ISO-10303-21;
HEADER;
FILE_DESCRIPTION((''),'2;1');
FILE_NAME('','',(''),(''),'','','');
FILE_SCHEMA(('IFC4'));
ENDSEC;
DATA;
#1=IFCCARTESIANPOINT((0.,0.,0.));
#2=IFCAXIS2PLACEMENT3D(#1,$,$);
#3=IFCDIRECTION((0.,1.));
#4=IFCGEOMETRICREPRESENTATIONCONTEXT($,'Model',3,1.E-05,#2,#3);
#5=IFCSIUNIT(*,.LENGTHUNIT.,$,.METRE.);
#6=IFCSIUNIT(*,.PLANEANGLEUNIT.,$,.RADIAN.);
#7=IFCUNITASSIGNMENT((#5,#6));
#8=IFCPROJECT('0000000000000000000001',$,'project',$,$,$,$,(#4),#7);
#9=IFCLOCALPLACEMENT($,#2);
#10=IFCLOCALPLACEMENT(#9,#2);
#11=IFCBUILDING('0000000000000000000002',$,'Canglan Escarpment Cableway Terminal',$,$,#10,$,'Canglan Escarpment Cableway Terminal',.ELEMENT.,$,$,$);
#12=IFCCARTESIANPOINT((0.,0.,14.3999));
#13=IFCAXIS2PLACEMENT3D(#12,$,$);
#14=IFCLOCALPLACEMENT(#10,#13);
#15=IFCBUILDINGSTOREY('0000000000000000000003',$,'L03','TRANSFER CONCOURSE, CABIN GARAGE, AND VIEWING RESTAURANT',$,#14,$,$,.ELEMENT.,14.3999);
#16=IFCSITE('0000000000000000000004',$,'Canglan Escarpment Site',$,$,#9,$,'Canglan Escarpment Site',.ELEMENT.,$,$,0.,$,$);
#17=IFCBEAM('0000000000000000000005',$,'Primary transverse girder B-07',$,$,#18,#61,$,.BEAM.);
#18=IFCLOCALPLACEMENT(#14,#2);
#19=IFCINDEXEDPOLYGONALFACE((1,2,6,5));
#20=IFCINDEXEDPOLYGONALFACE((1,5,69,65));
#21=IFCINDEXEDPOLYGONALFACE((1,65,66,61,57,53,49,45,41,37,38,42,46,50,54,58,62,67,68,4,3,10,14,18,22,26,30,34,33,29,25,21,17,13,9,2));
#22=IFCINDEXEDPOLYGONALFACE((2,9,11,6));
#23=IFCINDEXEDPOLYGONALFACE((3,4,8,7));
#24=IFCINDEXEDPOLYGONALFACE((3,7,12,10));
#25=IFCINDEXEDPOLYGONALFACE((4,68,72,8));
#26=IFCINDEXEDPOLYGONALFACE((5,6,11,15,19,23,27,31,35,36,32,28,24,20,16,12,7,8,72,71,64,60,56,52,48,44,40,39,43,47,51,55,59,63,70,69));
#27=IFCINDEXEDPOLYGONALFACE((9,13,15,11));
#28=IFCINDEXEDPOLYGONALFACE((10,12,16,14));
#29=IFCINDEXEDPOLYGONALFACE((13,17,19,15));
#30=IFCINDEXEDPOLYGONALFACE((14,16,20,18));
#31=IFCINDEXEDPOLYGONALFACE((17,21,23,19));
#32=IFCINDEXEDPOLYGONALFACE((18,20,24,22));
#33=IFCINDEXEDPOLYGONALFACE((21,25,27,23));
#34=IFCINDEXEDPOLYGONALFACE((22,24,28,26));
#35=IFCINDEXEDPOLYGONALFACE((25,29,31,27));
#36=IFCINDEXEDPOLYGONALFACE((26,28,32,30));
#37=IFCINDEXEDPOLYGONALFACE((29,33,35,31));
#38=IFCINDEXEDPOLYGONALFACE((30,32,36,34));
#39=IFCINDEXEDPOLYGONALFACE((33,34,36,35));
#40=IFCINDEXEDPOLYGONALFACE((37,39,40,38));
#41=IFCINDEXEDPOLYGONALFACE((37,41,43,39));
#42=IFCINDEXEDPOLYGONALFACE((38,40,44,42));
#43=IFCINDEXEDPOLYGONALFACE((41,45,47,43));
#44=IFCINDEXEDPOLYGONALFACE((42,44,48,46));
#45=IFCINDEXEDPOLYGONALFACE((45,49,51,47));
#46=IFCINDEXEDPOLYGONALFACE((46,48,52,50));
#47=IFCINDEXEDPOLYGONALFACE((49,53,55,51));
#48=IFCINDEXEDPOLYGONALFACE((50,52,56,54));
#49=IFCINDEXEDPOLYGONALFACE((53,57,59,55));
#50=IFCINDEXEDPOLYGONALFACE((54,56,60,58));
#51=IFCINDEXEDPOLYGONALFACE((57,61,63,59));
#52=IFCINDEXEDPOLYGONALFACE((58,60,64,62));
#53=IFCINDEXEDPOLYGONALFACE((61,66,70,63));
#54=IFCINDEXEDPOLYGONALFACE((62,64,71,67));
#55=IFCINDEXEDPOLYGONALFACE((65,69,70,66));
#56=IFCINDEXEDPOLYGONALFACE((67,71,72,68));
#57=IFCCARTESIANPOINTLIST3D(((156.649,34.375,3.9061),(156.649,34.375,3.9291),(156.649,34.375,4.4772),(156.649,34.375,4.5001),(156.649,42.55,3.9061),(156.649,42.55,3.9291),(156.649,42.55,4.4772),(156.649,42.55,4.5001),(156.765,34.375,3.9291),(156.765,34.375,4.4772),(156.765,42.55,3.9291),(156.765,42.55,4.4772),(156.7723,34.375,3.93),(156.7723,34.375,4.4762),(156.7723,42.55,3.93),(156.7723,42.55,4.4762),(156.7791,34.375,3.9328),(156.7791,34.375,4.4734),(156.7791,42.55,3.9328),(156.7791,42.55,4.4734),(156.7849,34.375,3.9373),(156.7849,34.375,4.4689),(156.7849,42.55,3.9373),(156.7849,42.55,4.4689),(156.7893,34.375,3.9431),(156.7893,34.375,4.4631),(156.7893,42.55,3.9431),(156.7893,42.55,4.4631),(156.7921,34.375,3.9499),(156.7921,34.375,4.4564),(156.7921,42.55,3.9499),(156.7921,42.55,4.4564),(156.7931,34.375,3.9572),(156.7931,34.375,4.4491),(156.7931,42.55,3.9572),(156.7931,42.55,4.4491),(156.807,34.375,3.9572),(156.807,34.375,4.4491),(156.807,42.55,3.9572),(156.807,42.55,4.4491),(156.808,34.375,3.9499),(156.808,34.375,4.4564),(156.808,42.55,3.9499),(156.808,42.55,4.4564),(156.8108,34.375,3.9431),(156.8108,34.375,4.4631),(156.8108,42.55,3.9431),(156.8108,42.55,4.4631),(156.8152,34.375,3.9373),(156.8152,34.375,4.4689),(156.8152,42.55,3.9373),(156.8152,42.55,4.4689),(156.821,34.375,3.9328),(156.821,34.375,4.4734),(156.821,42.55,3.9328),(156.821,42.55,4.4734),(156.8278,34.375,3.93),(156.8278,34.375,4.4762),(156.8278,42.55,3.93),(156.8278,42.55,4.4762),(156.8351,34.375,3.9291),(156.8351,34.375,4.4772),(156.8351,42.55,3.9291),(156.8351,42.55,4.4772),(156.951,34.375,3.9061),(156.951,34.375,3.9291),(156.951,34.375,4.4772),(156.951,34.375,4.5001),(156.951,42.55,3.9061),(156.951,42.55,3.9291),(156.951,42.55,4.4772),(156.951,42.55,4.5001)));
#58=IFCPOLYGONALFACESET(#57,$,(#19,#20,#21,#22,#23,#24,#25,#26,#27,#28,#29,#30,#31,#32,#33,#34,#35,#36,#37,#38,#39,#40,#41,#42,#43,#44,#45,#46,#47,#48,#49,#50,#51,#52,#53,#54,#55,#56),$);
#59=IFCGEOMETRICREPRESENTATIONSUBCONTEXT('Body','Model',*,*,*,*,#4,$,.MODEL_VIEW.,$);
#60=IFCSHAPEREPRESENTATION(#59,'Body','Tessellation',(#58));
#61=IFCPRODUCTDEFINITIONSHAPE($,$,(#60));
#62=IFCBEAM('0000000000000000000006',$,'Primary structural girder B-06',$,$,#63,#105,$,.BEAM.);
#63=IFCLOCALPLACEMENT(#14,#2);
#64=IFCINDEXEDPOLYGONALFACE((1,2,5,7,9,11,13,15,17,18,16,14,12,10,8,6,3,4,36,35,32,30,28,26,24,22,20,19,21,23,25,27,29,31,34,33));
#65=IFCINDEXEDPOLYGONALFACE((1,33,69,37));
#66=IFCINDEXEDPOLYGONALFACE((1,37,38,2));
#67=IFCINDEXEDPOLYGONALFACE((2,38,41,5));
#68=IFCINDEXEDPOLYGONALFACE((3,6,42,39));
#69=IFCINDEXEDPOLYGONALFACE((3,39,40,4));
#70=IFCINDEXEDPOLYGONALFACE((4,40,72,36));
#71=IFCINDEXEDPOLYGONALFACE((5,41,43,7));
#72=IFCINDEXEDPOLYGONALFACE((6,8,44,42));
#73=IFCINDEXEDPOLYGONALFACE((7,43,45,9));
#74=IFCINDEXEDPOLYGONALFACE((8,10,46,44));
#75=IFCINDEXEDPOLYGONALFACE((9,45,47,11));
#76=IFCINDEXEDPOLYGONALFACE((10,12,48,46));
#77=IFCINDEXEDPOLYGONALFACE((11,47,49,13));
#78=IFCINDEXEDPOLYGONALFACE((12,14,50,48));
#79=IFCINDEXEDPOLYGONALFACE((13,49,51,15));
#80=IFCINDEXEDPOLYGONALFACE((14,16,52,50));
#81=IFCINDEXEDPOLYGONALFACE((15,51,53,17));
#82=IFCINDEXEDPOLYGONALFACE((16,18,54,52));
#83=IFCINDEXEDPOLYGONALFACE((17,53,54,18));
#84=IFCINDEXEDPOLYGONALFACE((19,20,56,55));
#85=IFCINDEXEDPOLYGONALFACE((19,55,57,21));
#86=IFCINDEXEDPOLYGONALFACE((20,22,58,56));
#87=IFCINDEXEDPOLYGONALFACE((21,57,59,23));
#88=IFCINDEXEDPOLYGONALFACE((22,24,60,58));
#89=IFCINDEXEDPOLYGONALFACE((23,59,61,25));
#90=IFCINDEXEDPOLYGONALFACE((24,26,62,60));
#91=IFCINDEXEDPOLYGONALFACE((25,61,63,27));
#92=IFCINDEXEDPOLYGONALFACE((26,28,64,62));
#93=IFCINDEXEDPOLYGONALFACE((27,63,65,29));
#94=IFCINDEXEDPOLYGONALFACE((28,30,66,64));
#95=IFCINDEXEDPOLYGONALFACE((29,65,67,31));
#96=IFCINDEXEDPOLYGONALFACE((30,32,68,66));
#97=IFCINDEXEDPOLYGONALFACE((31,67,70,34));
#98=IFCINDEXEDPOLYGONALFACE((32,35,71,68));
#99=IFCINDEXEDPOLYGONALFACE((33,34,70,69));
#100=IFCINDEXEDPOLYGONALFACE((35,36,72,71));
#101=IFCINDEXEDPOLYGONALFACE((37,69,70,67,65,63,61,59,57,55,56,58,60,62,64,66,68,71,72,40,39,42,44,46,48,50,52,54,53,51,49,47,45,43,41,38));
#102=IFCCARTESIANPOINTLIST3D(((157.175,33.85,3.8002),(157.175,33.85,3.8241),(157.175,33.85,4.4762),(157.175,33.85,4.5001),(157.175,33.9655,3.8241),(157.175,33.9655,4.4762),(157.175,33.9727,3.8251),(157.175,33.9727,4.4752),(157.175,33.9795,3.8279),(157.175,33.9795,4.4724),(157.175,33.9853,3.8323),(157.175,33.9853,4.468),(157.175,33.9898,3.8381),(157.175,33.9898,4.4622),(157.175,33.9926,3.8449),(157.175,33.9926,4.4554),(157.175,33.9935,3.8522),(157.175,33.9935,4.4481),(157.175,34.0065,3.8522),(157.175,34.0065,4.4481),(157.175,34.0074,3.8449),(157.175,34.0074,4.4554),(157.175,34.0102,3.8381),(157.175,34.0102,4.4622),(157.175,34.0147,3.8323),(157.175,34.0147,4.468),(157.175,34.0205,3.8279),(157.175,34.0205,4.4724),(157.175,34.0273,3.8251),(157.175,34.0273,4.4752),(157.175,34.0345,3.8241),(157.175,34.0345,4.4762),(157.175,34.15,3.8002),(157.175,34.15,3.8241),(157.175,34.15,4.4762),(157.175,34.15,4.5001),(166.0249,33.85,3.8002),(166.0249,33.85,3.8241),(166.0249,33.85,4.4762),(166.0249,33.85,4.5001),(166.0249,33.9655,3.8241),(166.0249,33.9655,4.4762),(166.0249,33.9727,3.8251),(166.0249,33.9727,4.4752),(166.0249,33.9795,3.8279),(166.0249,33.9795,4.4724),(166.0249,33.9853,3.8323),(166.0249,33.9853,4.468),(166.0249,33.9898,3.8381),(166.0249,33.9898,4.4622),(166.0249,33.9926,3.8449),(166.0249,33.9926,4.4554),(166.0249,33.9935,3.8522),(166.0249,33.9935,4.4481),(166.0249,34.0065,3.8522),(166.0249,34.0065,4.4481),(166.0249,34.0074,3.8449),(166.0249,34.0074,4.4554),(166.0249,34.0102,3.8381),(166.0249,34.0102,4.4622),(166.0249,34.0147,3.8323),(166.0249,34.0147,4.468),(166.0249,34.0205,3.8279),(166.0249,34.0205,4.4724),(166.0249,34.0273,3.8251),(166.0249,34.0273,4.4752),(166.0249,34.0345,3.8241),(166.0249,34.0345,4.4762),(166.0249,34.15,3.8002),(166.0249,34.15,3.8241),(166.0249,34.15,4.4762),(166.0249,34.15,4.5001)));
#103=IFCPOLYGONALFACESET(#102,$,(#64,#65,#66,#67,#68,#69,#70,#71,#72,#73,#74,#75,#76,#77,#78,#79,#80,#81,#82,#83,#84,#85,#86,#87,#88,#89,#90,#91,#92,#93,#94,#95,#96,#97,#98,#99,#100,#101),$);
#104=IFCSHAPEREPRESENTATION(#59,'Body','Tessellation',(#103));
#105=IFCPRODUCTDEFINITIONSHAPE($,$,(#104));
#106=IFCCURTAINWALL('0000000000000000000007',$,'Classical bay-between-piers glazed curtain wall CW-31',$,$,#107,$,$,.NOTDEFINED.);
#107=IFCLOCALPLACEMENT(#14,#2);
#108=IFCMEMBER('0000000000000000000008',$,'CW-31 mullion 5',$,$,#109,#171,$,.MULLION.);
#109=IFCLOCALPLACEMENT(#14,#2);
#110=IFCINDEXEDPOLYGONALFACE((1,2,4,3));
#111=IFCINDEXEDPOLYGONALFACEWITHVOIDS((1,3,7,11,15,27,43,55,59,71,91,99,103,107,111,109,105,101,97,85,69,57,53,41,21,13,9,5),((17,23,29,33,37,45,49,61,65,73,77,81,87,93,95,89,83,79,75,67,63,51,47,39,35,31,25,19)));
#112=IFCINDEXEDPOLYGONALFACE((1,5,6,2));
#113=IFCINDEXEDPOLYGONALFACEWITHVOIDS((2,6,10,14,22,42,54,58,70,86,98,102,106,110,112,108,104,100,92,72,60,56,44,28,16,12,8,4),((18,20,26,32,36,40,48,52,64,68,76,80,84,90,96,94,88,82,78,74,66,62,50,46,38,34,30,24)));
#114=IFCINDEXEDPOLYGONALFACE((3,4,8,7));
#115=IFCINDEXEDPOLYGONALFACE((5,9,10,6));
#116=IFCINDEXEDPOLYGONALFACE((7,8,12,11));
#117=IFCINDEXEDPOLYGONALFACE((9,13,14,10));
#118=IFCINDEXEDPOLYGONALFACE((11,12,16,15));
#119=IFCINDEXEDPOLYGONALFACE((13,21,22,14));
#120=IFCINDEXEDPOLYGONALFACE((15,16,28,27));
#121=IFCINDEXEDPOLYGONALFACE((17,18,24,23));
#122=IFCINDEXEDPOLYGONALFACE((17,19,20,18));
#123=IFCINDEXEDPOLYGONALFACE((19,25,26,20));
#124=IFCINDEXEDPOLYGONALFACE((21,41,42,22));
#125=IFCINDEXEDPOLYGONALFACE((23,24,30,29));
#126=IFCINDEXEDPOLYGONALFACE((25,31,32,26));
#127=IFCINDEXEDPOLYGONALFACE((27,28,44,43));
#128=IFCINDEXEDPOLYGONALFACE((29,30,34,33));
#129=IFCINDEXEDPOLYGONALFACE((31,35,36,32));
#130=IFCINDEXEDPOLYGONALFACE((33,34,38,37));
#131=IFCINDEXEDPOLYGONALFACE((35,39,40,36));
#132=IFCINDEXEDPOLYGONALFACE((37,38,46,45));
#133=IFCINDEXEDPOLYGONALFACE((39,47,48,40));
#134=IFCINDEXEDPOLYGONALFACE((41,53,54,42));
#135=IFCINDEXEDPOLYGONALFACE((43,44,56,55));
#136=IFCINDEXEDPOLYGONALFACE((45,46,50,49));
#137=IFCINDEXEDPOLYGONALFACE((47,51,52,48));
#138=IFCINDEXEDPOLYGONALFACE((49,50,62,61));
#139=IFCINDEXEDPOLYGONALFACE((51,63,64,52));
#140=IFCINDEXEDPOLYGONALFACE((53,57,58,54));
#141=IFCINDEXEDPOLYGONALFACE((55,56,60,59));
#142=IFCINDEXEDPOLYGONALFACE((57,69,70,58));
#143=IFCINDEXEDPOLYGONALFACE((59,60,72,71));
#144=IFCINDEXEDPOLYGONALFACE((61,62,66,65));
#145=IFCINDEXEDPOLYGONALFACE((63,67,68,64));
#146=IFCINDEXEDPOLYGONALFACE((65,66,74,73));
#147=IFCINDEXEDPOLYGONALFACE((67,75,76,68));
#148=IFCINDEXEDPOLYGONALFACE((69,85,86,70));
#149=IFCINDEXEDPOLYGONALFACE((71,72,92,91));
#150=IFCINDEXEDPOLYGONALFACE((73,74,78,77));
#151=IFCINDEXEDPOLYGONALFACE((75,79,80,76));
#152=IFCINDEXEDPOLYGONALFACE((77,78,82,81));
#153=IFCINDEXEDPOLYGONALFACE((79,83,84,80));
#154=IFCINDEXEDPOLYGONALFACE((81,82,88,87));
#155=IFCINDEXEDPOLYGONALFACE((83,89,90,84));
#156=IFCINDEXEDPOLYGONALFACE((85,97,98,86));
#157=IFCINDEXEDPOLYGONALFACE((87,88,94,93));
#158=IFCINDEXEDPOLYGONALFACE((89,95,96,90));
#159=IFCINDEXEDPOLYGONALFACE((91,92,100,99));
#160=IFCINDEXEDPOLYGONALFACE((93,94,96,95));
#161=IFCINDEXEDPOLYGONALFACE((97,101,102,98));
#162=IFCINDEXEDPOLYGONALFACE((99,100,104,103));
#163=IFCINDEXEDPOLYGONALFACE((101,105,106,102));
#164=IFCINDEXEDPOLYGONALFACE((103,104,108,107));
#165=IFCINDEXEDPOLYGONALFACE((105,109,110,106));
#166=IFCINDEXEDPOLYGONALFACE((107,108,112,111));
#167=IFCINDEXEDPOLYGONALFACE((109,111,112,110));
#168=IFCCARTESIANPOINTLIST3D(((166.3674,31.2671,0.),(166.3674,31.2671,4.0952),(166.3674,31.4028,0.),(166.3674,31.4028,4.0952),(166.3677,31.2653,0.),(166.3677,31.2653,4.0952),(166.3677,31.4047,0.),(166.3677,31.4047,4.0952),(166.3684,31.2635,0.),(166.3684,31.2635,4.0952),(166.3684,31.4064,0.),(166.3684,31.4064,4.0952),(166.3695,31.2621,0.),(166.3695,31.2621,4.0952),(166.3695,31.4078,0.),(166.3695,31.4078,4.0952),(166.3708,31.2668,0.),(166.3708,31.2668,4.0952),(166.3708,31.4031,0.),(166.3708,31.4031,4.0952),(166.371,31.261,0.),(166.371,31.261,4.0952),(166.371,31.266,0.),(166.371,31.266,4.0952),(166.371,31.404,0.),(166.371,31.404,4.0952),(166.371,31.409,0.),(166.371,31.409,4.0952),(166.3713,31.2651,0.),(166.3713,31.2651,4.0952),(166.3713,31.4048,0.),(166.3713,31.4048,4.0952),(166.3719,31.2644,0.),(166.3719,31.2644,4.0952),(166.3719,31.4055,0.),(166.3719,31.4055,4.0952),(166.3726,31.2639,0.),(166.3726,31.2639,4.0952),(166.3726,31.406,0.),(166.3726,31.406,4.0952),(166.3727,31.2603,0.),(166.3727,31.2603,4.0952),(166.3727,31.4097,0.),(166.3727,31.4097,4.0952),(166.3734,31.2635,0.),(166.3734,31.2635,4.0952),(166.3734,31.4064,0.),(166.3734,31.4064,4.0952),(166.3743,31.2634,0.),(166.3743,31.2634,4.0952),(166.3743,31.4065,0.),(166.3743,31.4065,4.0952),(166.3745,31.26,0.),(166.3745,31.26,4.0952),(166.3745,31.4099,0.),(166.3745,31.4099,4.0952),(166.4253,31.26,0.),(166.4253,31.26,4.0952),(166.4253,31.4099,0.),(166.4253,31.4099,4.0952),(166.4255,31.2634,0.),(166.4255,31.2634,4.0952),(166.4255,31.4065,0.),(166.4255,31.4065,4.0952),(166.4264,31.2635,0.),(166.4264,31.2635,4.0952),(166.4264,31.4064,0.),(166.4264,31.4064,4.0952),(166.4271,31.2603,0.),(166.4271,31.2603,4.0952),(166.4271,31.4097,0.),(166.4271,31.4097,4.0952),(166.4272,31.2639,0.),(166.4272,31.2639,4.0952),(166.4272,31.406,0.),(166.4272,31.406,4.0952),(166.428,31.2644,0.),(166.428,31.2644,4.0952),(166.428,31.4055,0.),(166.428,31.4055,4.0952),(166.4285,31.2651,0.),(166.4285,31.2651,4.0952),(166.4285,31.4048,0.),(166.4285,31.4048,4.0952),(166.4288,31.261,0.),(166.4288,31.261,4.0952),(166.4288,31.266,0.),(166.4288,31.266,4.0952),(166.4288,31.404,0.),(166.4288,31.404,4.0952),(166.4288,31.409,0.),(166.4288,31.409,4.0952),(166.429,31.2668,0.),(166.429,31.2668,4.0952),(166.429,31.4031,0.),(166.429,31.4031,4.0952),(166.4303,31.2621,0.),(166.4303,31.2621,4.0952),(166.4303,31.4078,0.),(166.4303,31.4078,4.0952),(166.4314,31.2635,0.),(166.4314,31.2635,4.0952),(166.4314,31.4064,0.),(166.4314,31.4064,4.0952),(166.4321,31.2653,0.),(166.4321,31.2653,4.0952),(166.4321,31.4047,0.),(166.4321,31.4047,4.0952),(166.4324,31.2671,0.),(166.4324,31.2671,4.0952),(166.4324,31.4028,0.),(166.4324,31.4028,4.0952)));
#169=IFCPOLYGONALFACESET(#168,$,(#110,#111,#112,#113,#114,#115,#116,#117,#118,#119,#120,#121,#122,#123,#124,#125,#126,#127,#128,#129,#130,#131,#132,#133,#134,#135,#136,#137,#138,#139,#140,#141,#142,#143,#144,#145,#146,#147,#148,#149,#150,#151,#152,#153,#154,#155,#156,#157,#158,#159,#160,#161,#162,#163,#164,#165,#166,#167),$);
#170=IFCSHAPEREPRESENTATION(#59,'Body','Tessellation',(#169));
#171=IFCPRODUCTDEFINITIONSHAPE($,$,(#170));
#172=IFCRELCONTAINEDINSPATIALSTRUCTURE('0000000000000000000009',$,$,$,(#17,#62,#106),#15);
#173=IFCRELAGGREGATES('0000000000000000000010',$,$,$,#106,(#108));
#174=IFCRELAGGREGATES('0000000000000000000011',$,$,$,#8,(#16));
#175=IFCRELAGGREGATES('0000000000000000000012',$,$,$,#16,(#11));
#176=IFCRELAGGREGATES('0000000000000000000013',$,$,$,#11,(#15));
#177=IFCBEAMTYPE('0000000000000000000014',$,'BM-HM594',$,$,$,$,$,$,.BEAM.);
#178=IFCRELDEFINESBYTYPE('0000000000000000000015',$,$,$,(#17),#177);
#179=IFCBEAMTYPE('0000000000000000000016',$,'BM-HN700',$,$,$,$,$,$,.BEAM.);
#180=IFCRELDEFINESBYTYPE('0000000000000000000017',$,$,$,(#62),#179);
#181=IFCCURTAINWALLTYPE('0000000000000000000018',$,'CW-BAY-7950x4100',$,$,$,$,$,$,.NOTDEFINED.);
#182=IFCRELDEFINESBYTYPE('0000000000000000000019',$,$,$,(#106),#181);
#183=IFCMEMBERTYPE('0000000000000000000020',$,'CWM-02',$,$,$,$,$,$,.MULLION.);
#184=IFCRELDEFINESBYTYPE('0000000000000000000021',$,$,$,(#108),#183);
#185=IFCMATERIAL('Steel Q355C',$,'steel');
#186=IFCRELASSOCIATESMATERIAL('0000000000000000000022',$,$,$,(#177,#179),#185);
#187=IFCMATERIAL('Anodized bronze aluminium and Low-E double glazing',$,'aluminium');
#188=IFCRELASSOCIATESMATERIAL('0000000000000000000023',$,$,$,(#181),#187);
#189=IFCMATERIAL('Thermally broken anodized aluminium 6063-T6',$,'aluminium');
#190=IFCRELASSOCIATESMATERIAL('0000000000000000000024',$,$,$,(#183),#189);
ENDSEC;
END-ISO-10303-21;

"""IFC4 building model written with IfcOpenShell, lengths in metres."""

from ifc_helpers import new_model, si_unit, direction, frame, origin, origin_2d, place, context, subcontext, project, spatial, hollow_rectangle, i_section, extrude, material, material_profile, profile_set, type_object, element, aggregate, save


model = new_model("IFC4")

# Units and contexts
model_context = context("Model", 3, precision=1e-05, world=origin(), true_north=direction((0.0, 1.0)))
body_context = subcontext(model_context, "Body", "Model", "MODEL_VIEW")
ifc_project = project(units=[si_unit("LENGTHUNIT", "METRE"), si_unit("PLANEANGLEUNIT", "RADIAN")], contexts=[model_context])

# Site, building, storey
site_placement = place(None, origin())
site = spatial("IfcSite", under=ifc_project, at=site_placement, Name="Canglan Escarpment Site", LongName="Canglan Escarpment Site", CompositionType="ELEMENT", RefElevation=0.0)
building_placement = place(site_placement, origin())
building = spatial("IfcBuilding", under=site, at=building_placement, Name="Canglan Escarpment Cableway Terminal", LongName="Canglan Escarpment Cableway Terminal", CompositionType="ELEMENT")
storey_placement = place(building_placement, frame((0.0, 0.0, 14.3999)))
storey = spatial("IfcBuildingStorey", under=building, at=storey_placement, Name="L03", Description="TRANSFER CONCOURSE, CABIN GARAGE, AND VIEWING RESTAURANT", CompositionType="ELEMENT", Elevation=14.3999)

# Beams
ifc_material_1 = material(Name="Steel Q355C", Category="steel")
ifc_material_profile_1 = material_profile(ifc_material_1, i_section(OverallWidth=0.302, OverallDepth=0.594, WebThickness=0.0139, FlangeThickness=0.0229, FilletRadius=0.0281, at=origin_2d()), Name="HM 594x302x14x23")
ifc_profile_set_1 = profile_set([ifc_material_profile_1], Name="Steel Q355C")
beam_type_1 = type_object("IfcBeamType", Name="BM-HM594", PredefinedType="BEAM", material=ifc_profile_set_1)
beam_1_placement = place(storey_placement, frame((156.8, 34.375, 4.2031), z_axis=(0.0, 1.0, 0.0), x_axis=(-1.0, 0.0, 0.0)))
element("IfcBeam", 1, at=beam_1_placement, inside=storey, type_object=beam_type_1, Name="Primary transverse girder B-07", PredefinedType="BEAM", context=body_context, shape_type="SweptSolid", body=[
    extrude(i_section(OverallWidth=0.302, OverallDepth=0.594, WebThickness=0.0139, FlangeThickness=0.0229, FilletRadius=0.0281, at=origin_2d()), origin(), (0.0, 0.0, 1.0), 8.175),
])
ifc_material_profile_2 = material_profile(ifc_material_1, i_section(OverallWidth=0.3, OverallDepth=0.7, WebThickness=0.0129, FlangeThickness=0.0239, FilletRadius=0.0281, at=origin_2d()), Name="HN 700x300x13x24")
ifc_profile_set_2 = profile_set([ifc_material_profile_2], Name="Steel Q355C")
beam_type_2 = type_object("IfcBeamType", Name="BM-HN700", PredefinedType="BEAM", material=ifc_profile_set_2)
beam_2_placement = place(storey_placement, frame((157.175, 34.0, 4.1501), z_axis=(1.0, 0.0, 0.0), x_axis=(0.0, 1.0, 0.0)))
element("IfcBeam", 2, at=beam_2_placement, inside=storey, type_object=beam_type_2, Name="Primary structural girder B-06", PredefinedType="BEAM", context=body_context, shape_type="SweptSolid", body=[
    extrude(i_section(OverallWidth=0.3, OverallDepth=0.7, WebThickness=0.0129, FlangeThickness=0.0239, FilletRadius=0.0281, at=origin_2d()), origin(), (0.0, 0.0, 1.0), 8.8499),
])

# Curtain wall, member
ifc_material_2 = material(Name="Anodized bronze aluminium and Low-E double glazing", Category="aluminium")
curtain_wall_type = type_object("IfcCurtainWallType", Name="CW-BAY-7950x4100", PredefinedType="NOTDEFINED", material=ifc_material_2)
curtain_wall_placement = place(storey_placement, origin())
curtain_wall = element("IfcCurtainWall", 3, at=curtain_wall_placement, inside=storey, type_object=curtain_wall_type, Name="Classical bay-between-piers glazed curtain wall CW-31", PredefinedType="NOTDEFINED")
ifc_material_3 = material(Name="Thermally broken anodized aluminium 6063-T6", Category="aluminium")
ifc_material_profile_3 = material_profile(ifc_material_3, hollow_rectangle(XDim=0.0649, YDim=0.1499, WallThickness=0.0034, InnerFilletRadius=0.0034, OuterFilletRadius=0.0071, at=origin_2d()), Name="ALU-MULL 65x150x3.5")
ifc_profile_set_3 = profile_set([ifc_material_profile_3], Name="Thermally broken anodized aluminium 6063-T6")
member_type_1 = type_object("IfcMemberType", Name="CWM-02", PredefinedType="MULLION", material=ifc_profile_set_3)
member_1_placement = place(storey_placement, frame((166.3999, 31.335, 0.0), z_axis=(0.0, 0.0, 1.0), x_axis=(-1.0, 0.0, 0.0)))
member_1 = element("IfcMember", 4, at=member_1_placement, type_object=member_type_1, Name="CW-31 mullion 5", PredefinedType="MULLION", context=body_context, shape_type="SweptSolid", body=[
    extrude(hollow_rectangle(XDim=0.0649, YDim=0.1499, WallThickness=0.0034, InnerFilletRadius=0.0034, OuterFilletRadius=0.0071, at=origin_2d()), origin(), (0.0, 0.0, 1.0), 4.0952),
])

aggregate(curtain_wall, [member_1])

save(model, "model.ifc")
